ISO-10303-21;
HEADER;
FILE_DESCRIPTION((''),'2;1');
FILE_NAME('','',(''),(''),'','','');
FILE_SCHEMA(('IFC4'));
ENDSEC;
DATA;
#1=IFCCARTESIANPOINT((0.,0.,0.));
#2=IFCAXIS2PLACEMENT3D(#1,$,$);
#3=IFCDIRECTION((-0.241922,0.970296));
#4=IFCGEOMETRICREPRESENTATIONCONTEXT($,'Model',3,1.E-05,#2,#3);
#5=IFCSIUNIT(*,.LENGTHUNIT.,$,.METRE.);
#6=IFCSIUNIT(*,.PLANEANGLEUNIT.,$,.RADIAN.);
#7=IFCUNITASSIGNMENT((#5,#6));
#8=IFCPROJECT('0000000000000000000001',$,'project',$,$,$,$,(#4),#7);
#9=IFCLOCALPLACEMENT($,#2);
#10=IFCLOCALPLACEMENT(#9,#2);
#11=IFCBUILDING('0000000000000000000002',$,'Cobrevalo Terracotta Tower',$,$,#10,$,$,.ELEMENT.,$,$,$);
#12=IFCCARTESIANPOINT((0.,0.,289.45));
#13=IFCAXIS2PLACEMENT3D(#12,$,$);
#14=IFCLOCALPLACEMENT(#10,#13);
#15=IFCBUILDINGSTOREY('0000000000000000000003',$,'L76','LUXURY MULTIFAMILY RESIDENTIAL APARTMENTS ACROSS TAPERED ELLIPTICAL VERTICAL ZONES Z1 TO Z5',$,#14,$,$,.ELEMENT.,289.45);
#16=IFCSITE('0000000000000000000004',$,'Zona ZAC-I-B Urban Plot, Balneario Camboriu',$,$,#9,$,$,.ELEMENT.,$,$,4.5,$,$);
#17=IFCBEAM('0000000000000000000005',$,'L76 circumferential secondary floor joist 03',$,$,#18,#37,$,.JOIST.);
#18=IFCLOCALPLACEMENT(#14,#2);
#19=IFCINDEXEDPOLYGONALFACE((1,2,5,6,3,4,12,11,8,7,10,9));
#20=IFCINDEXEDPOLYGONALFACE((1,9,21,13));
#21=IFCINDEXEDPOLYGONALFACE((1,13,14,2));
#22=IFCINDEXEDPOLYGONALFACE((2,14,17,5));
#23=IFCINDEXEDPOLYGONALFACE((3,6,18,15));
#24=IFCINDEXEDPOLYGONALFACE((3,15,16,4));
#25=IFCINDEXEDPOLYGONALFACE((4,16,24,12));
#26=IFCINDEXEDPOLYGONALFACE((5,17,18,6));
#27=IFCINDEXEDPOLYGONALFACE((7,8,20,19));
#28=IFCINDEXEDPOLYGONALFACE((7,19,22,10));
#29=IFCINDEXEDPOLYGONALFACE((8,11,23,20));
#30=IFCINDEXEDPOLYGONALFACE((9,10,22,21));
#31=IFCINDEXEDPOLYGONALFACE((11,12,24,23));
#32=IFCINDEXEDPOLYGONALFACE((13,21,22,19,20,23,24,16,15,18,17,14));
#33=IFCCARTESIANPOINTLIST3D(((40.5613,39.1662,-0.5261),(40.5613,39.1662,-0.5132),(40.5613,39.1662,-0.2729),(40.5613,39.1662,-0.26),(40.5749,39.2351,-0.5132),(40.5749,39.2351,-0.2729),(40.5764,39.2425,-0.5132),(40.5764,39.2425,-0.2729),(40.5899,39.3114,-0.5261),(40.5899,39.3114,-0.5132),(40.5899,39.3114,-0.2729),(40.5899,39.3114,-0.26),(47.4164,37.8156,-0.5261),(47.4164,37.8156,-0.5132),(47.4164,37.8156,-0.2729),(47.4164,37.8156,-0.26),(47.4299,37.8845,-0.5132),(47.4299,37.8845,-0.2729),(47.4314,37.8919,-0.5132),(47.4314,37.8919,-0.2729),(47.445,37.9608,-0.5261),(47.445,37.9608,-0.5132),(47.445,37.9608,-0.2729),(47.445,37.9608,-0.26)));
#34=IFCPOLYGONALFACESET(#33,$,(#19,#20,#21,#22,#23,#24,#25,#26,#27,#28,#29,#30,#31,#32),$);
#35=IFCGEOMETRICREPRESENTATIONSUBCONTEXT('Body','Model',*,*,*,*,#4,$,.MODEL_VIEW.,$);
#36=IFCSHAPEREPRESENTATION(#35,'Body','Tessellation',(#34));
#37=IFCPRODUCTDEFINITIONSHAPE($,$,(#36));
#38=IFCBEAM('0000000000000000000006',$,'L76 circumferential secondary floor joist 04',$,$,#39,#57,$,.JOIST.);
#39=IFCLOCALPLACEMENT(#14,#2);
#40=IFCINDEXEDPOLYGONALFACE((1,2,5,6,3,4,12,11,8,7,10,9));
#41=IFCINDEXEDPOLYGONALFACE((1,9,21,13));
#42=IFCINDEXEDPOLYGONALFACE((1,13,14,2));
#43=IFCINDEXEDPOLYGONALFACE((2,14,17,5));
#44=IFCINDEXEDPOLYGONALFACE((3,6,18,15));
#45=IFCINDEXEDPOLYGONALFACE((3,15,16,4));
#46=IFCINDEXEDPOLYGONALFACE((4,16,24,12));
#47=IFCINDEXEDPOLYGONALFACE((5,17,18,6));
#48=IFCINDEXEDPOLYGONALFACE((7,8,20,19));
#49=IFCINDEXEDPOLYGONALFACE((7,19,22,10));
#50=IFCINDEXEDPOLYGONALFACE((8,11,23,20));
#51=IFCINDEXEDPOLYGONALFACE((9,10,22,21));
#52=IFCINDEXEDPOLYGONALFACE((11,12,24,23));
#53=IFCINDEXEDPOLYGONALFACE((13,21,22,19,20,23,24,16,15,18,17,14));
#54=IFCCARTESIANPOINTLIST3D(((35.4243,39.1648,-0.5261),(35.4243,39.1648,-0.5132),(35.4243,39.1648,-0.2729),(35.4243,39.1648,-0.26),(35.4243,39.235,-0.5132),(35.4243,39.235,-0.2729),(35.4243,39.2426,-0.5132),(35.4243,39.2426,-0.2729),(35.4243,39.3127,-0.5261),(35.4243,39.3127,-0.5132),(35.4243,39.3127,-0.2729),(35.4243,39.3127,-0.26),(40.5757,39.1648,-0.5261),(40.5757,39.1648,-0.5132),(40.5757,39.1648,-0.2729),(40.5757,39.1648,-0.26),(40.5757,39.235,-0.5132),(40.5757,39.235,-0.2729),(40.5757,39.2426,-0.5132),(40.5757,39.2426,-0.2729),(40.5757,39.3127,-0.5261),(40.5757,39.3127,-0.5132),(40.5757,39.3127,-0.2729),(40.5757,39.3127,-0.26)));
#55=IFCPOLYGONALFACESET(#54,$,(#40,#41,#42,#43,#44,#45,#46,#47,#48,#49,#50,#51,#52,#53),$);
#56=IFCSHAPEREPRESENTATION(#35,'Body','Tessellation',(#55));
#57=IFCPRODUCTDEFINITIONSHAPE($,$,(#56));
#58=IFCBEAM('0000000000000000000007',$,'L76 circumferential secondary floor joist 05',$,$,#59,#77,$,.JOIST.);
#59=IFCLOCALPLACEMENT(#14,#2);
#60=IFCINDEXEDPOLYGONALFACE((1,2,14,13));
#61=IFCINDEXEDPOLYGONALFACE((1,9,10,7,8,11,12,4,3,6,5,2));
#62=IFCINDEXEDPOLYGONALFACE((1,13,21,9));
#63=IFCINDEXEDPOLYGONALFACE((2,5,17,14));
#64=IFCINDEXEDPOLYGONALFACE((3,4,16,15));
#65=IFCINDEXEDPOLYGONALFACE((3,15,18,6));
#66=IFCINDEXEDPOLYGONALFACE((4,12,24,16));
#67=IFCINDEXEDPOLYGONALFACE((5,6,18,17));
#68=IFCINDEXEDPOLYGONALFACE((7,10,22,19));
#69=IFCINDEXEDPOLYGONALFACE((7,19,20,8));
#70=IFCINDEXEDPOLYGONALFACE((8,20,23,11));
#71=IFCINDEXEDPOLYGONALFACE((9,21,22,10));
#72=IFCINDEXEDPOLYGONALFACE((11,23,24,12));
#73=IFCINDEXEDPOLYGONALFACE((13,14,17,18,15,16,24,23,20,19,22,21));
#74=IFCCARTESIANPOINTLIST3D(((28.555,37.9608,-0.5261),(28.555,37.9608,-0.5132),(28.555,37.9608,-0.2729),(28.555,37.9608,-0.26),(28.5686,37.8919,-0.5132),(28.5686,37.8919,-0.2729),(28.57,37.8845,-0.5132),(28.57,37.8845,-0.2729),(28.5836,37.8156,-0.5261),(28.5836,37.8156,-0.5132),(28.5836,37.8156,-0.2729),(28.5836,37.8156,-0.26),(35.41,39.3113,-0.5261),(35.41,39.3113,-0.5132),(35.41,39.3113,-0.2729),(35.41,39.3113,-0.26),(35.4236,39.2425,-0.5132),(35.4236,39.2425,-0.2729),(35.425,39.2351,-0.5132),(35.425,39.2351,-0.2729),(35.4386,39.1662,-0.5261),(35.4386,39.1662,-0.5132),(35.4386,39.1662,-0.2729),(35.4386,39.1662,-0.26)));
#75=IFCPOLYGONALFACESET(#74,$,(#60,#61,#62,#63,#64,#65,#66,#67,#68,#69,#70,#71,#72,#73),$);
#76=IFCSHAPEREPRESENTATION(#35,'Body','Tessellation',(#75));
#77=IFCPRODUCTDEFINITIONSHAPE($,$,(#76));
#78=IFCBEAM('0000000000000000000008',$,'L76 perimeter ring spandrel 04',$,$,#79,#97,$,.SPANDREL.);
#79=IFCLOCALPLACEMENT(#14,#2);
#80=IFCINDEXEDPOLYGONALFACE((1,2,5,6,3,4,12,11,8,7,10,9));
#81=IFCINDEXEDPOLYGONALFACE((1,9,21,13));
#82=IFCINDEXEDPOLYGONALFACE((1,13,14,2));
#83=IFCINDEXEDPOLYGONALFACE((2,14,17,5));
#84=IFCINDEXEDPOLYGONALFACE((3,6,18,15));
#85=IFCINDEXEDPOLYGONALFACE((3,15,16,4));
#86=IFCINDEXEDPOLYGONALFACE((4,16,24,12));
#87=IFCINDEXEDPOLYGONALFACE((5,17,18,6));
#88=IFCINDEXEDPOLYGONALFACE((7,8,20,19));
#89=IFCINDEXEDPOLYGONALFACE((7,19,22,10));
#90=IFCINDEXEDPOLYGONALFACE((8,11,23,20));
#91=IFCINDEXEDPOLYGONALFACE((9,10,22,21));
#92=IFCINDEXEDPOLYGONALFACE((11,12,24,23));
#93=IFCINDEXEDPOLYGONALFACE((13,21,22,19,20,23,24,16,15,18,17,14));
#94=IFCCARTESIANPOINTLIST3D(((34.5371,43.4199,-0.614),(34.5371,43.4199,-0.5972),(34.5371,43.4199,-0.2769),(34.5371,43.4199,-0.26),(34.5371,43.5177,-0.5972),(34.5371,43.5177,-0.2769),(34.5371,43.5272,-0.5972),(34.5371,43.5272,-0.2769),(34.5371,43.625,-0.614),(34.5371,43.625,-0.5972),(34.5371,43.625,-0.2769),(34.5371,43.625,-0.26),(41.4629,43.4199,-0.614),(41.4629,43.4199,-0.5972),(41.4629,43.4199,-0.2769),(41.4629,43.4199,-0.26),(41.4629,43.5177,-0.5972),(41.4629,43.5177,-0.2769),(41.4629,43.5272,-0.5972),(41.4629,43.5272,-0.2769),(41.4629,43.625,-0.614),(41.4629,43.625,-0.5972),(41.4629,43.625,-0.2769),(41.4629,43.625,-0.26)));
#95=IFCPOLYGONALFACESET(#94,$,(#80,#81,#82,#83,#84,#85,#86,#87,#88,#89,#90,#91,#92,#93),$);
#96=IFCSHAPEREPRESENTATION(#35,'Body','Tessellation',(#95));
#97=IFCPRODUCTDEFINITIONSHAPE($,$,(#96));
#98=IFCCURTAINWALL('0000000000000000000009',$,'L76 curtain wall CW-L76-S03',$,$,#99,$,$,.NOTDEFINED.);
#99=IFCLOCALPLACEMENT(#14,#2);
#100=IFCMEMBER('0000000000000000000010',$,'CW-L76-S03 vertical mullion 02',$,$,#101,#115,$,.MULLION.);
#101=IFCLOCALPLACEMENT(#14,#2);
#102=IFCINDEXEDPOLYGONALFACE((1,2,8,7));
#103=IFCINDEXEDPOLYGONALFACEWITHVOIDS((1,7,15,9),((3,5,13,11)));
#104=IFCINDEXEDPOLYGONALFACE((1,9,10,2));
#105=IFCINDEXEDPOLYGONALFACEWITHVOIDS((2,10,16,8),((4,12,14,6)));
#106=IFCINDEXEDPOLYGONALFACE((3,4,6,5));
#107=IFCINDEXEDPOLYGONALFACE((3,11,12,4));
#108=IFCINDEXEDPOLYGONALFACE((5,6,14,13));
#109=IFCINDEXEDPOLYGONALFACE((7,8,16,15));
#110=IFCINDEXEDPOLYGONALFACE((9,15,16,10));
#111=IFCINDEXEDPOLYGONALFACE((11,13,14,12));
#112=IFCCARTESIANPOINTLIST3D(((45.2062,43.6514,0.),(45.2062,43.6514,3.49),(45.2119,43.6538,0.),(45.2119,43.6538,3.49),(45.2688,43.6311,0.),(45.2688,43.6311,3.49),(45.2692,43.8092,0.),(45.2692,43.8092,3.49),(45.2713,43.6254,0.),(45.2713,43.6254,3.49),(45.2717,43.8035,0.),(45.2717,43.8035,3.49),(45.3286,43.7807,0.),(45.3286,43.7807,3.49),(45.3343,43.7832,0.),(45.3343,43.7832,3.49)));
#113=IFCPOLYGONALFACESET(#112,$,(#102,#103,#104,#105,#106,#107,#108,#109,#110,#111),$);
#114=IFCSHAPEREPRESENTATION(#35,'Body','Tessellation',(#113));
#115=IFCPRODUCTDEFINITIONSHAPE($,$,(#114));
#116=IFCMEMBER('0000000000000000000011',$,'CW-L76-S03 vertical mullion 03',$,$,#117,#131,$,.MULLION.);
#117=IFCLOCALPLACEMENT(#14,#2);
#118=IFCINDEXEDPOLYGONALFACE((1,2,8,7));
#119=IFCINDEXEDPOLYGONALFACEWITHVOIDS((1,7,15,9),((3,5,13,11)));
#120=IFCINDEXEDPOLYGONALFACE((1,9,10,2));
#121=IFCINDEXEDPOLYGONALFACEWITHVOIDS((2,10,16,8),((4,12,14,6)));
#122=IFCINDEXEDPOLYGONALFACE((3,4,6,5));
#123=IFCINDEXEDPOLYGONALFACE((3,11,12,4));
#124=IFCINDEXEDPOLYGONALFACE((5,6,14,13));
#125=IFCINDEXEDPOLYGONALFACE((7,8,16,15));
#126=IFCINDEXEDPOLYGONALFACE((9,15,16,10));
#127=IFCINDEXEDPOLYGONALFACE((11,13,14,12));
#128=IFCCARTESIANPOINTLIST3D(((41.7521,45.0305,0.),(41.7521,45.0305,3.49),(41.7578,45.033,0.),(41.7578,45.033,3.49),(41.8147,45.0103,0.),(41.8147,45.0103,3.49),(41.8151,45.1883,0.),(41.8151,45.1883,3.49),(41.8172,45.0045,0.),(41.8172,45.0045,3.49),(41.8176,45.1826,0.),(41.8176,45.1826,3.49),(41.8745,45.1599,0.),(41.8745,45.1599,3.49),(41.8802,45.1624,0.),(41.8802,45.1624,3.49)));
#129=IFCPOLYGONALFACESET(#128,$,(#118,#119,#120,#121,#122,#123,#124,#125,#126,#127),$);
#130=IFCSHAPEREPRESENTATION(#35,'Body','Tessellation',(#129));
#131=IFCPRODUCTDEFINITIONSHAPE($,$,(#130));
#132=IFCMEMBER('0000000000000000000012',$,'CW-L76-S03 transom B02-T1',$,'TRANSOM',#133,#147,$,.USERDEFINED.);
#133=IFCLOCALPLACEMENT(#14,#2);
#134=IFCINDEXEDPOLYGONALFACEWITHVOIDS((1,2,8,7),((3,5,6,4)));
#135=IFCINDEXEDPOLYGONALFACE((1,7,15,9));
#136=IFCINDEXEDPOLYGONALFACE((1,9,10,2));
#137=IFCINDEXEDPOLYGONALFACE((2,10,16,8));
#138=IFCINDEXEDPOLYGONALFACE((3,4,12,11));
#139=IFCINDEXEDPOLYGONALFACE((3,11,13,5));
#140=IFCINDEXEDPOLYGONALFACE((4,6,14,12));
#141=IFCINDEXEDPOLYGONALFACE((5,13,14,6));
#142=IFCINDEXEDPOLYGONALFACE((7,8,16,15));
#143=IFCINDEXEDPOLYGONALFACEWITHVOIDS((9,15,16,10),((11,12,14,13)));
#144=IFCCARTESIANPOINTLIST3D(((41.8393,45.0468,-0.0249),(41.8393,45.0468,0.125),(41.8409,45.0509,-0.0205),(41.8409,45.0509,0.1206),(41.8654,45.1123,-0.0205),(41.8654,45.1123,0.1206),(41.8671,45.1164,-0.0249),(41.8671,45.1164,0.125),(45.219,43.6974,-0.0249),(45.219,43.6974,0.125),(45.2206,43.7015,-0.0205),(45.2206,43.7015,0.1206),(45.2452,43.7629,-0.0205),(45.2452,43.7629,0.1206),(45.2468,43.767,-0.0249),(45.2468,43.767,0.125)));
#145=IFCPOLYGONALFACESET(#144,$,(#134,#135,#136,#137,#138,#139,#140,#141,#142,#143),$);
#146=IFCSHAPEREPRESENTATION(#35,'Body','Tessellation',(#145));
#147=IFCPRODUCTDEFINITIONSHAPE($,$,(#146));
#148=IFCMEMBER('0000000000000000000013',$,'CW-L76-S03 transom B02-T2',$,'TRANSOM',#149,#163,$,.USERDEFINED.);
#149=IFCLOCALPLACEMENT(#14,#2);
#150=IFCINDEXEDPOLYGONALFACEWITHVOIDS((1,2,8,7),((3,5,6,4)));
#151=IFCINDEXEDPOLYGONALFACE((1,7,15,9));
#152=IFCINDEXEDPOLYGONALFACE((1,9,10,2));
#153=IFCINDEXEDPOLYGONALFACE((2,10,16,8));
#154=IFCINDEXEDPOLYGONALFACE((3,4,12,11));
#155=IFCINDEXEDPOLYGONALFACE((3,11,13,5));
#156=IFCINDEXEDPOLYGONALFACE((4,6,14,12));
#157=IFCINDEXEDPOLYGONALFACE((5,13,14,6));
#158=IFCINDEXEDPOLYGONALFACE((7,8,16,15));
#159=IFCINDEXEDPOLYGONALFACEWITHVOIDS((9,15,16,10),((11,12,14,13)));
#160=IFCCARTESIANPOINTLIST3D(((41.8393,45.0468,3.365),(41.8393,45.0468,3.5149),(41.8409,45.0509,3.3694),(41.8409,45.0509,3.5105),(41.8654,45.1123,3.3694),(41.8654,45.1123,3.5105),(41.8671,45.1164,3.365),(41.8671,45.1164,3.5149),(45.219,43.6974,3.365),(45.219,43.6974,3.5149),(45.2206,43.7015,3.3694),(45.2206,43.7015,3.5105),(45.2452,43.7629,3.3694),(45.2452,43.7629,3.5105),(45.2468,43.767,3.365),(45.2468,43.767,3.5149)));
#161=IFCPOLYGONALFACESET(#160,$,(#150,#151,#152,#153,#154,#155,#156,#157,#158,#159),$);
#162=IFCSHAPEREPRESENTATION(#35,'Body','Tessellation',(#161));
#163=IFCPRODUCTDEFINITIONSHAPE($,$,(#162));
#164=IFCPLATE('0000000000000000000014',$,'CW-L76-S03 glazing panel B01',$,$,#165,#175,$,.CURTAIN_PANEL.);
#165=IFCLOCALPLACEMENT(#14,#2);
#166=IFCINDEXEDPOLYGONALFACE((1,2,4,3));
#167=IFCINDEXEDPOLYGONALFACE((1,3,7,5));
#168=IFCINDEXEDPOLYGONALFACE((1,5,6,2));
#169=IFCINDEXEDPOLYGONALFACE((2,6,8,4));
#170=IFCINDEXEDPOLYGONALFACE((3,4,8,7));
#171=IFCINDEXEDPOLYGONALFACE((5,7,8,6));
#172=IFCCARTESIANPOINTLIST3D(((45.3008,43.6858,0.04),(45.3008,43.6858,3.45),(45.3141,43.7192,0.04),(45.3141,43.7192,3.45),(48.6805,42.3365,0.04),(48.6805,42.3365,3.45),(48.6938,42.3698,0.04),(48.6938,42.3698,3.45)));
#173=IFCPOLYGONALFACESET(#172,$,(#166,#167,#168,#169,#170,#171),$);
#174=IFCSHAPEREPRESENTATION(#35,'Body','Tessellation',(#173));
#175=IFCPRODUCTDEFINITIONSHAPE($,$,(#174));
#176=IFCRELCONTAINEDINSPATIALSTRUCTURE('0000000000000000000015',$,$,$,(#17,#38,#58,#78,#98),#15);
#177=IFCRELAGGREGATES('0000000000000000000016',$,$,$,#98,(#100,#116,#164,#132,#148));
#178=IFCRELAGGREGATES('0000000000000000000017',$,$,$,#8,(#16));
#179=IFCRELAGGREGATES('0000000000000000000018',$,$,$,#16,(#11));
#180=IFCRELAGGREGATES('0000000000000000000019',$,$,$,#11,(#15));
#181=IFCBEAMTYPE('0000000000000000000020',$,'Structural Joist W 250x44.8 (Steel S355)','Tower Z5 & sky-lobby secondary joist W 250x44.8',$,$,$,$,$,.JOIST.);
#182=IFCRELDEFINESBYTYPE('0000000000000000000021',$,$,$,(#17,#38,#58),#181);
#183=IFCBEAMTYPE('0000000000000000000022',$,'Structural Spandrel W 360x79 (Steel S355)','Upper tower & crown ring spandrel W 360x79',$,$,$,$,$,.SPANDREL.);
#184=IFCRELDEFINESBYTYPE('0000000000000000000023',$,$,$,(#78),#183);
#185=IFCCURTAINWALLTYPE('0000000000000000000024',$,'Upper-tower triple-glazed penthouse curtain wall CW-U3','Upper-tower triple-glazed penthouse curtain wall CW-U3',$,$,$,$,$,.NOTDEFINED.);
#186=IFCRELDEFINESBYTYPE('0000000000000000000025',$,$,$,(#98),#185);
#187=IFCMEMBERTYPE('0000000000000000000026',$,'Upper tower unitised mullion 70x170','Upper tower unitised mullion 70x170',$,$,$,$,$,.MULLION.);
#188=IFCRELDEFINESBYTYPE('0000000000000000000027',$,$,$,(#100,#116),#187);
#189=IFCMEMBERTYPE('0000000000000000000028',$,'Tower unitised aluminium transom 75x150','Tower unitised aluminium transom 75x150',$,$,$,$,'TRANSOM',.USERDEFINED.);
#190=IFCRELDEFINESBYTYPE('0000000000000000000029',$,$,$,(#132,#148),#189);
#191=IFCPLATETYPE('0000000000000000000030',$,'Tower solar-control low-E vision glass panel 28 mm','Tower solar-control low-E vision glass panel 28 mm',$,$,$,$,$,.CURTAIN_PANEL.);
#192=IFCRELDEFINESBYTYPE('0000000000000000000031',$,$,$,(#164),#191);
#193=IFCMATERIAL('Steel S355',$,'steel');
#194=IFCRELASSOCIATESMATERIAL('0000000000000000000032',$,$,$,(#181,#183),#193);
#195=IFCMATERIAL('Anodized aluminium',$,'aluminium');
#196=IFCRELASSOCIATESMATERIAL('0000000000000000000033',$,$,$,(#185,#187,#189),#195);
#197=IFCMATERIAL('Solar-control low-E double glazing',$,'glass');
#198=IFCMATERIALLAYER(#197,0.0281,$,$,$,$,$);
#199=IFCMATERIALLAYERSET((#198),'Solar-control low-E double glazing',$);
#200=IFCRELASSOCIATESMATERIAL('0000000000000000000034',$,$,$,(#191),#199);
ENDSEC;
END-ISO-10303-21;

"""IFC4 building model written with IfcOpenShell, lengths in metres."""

from ifc_helpers import new_model, si_unit, direction, frame, origin, origin_2d, place, context, subcontext, project, spatial, rectangle, hollow_rectangle, i_section, extrude, source, transform, mapped, material, layer, layer_set, material_profile, profile_set, type_object, element, aggregate, save


model = new_model("IFC4")

# Units and contexts
model_context = context("Model", 3, precision=1e-05, world=origin(), true_north=direction((-0.241922, 0.970296)))
body_context = subcontext(model_context, "Body", "Model", "MODEL_VIEW")
ifc_project = project(units=[si_unit("LENGTHUNIT", "METRE"), si_unit("PLANEANGLEUNIT", "RADIAN")], contexts=[model_context])

# Site, building, storey
site_placement = place(None, origin())
site = spatial("IfcSite", under=ifc_project, at=site_placement, Name="Zona ZAC-I-B Urban Plot, Balneario Camboriu", CompositionType="ELEMENT", RefElevation=4.5)
building_placement = place(site_placement, origin())
building = spatial("IfcBuilding", under=site, at=building_placement, Name="Cobrevalo Terracotta Tower", CompositionType="ELEMENT")
storey_placement = place(building_placement, frame((0.0, 0.0, 289.45)))
storey = spatial("IfcBuildingStorey", under=building, at=storey_placement, Name="L76", Description="LUXURY MULTIFAMILY RESIDENTIAL APARTMENTS ACROSS TAPERED ELLIPTICAL VERTICAL ZONES Z1 TO Z5", CompositionType="ELEMENT", Elevation=289.45)

# Shared definitions
ifc_material_1 = material(Name="Steel S355", Category="steel")

# Beams
ifc_material_profile_1 = material_profile(ifc_material_1, i_section(OverallWidth=0.1479, OverallDepth=0.2661, WebThickness=0.0076, FlangeThickness=0.0129, at=origin_2d()), Name="W 250x44.8")
ifc_profile_set_1 = profile_set([ifc_material_profile_1], Name="Steel S355")
beam_type_1 = type_object("IfcBeamType", Name="Structural Joist W 250x44.8 (Steel S355)", Description="Tower Z5 & sky-lobby secondary joist W 250x44.8", PredefinedType="JOIST", material=ifc_profile_set_1)
beam_1_placement = place(storey_placement, frame((47.4307, 37.8882, -0.3931), z_axis=(-0.981138, 0.193306, 0.0), x_axis=(-0.193306, -0.981138, 0.0)))
element("IfcBeam", 1, at=beam_1_placement, inside=storey, type_object=beam_type_1, Name="L76 circumferential secondary floor joist 03", PredefinedType="JOIST", context=body_context, shape_type="SweptSolid", body=[
    extrude(i_section(OverallWidth=0.1479, OverallDepth=0.2661, WebThickness=0.0076, FlangeThickness=0.0129, at=origin_2d()), origin(), (0.0, 0.0, 1.0), 6.9868),
])
beam_2_placement = place(storey_placement, frame((40.5757, 39.2388, -0.3931), z_axis=(-1.0, 0.0, 0.0), x_axis=(0.0, -1.0, 0.0)))
element("IfcBeam", 2, at=beam_2_placement, inside=storey, type_object=beam_type_1, Name="L76 circumferential secondary floor joist 04", PredefinedType="JOIST", context=body_context, shape_type="SweptSolid", body=[
    extrude(i_section(OverallWidth=0.1479, OverallDepth=0.2661, WebThickness=0.0076, FlangeThickness=0.0129, at=origin_2d()), origin(), (0.0, 0.0, 1.0), 5.1514),
])
beam_3_placement = place(storey_placement, frame((35.4243, 39.2388, -0.3931), z_axis=(-0.981138, -0.193306, 0.0), x_axis=(0.193306, -0.981138, 0.0)))
element("IfcBeam", 3, at=beam_3_placement, inside=storey, type_object=beam_type_1, Name="L76 circumferential secondary floor joist 05", PredefinedType="JOIST", context=body_context, shape_type="SweptSolid", body=[
    extrude(i_section(OverallWidth=0.1479, OverallDepth=0.2661, WebThickness=0.0076, FlangeThickness=0.0129, at=origin_2d()), origin(), (0.0, 0.0, 1.0), 6.9868),
])
ifc_material_profile_2 = material_profile(ifc_material_1, i_section(OverallWidth=0.2051, OverallDepth=0.354, WebThickness=0.0095, FlangeThickness=0.0168, at=origin_2d()), Name="W 360x79")
ifc_profile_set_2 = profile_set([ifc_material_profile_2], Name="Steel S355")
beam_type_2 = type_object("IfcBeamType", Name="Structural Spandrel W 360x79 (Steel S355)", Description="Upper tower & crown ring spandrel W 360x79", PredefinedType="SPANDREL", material=ifc_profile_set_2)
beam_4_placement = place(storey_placement, frame((41.4629, 43.5225, -0.437), z_axis=(-1.0, 0.0, 0.0), x_axis=(0.0, -1.0, 0.0)))
element("IfcBeam", 4, at=beam_4_placement, inside=storey, type_object=beam_type_2, Name="L76 perimeter ring spandrel 04", PredefinedType="SPANDREL", context=body_context, shape_type="SweptSolid", body=[
    extrude(i_section(OverallWidth=0.2051, OverallDepth=0.354, WebThickness=0.0095, FlangeThickness=0.0168, at=origin_2d()), origin(), (0.0, 0.0, 1.0), 6.9258),
])

# Curtain wall, members, plate
ifc_material_2 = material(Name="Anodized aluminium", Category="aluminium")
curtain_wall_type = type_object("IfcCurtainWallType", Name="Upper-tower triple-glazed penthouse curtain wall CW-U3", Description="Upper-tower triple-glazed penthouse curtain wall CW-U3", PredefinedType="NOTDEFINED", material=ifc_material_2)
curtain_wall_placement = place(storey_placement, origin())
curtain_wall = element("IfcCurtainWall", 5, at=curtain_wall_placement, inside=storey, type_object=curtain_wall_type, Name="L76 curtain wall CW-L76-S03", PredefinedType="NOTDEFINED")
ifc_material_profile_3 = material_profile(ifc_material_2, hollow_rectangle(XDim=0.0701, YDim=0.1699, WallThickness=0.0044, at=origin_2d()), Name="CWM 70x170")
ifc_profile_set_3 = profile_set([ifc_material_profile_3], Name="Anodized aluminium")
member_type_1 = type_object("IfcMemberType", Name="Upper tower unitised mullion 70x170", Description="Upper tower unitised mullion 70x170", PredefinedType="MULLION", material=ifc_profile_set_3)
shared_shape_1 = source(origin(), body_context, "Body", "SweptSolid", [
    extrude(hollow_rectangle(XDim=0.0701, YDim=0.1699, WallThickness=0.0044, at=origin_2d()), origin(), (0.0, 0.0, 1.0), 3.49),
])
member_1_placement = place(storey_placement, frame((45.2703, 43.7173, 0.0), z_axis=(0.0, 0.0, 1.0), x_axis=(-0.928719, 0.370784, 0.0)))
member_1 = element("IfcMember", 6, at=member_1_placement, type_object=member_type_1, Name="CW-L76-S03 vertical mullion 02", PredefinedType="MULLION", context=body_context, shape_type="MappedRepresentation", body=[
    mapped(shared_shape_1, transform((0.0, 0.0, 0.0), scale=1.0)),
])
member_2_placement = place(storey_placement, frame((41.8162, 45.0964, 0.0), z_axis=(0.0, 0.0, 1.0), x_axis=(-0.928719, 0.370784, 0.0)))
member_2 = element("IfcMember", 7, at=member_2_placement, type_object=member_type_1, Name="CW-L76-S03 vertical mullion 03", PredefinedType="MULLION", context=body_context, shape_type="MappedRepresentation", body=[
    mapped(shared_shape_1, transform((0.0, 0.0, 0.0), scale=1.0)),
])
ifc_material_profile_4 = material_profile(ifc_material_2, hollow_rectangle(XDim=0.075, YDim=0.1499, WallThickness=0.0044, at=origin_2d()), Name="CWT 75x150")
ifc_profile_set_4 = profile_set([ifc_material_profile_4], Name="Anodized aluminium")
member_type_2 = type_object("IfcMemberType", Name="Tower unitised aluminium transom 75x150", Description="Tower unitised aluminium transom 75x150", ElementType="TRANSOM", PredefinedType="USERDEFINED", material=ifc_profile_set_4)
shared_shape_2 = source(origin(), body_context, "Body", "SweptSolid", [
    extrude(hollow_rectangle(XDim=0.075, YDim=0.1499, WallThickness=0.0044, at=origin_2d()), origin(), (0.0, 0.0, 1.0), 3.6392),
])
member_3_placement = place(storey_placement, frame((45.2329, 43.7322, 0.05), z_axis=(-0.928712, 0.370801, 0.0), x_axis=(-0.370801, -0.928712, 0.0)))
member_3 = element("IfcMember", 8, at=member_3_placement, type_object=member_type_2, Name="CW-L76-S03 transom B02-T1", ObjectType="TRANSOM", PredefinedType="USERDEFINED", context=body_context, shape_type="MappedRepresentation", body=[
    mapped(shared_shape_2, transform((0.0, 0.0, 0.0), scale=1.0)),
])
member_4_placement = place(storey_placement, frame((45.2329, 43.7322, 3.4399), z_axis=(-0.928712, 0.370801, 0.0), x_axis=(-0.370801, -0.928712, 0.0)))
member_4 = element("IfcMember", 9, at=member_4_placement, type_object=member_type_2, Name="CW-L76-S03 transom B02-T2", ObjectType="TRANSOM", PredefinedType="USERDEFINED", context=body_context, shape_type="MappedRepresentation", body=[
    mapped(shared_shape_2, transform((0.0, 0.0, 0.0), scale=1.0)),
])
ifc_material_3 = material(Name="Solar-control low-E double glazing", Category="glass")
ifc_layer_1 = layer(ifc_material_3, 0.0281)
ifc_layer_set_1 = layer_set([ifc_layer_1], Name="Solar-control low-E double glazing")
plate_type = type_object("IfcPlateType", Name="Tower solar-control low-E vision glass panel 28 mm", Description="Tower solar-control low-E vision glass panel 28 mm", PredefinedType="CURTAIN_PANEL", material=ifc_layer_set_1)
shared_shape_3 = source(origin(), body_context, "Body", "SweptSolid", [
    extrude(rectangle(XDim=3.6392, YDim=0.0359, at=origin_2d()), origin(), (0.0, 0.0, 1.0), 3.4099),
])
plate_1_placement = place(storey_placement, frame((46.9973, 43.0278, 0.04), z_axis=(0.0, 0.0, 1.0), x_axis=(-0.928718, 0.370786, 0.0)))
plate_1 = element("IfcPlate", 10, at=plate_1_placement, type_object=plate_type, Name="CW-L76-S03 glazing panel B01", PredefinedType="CURTAIN_PANEL", context=body_context, shape_type="MappedRepresentation", body=[
    mapped(shared_shape_3, transform((0.0, 0.0, 0.0), scale=1.0)),
])
aggregate(curtain_wall, [member_1, member_2, plate_1, member_3, member_4])

save(model, "model.ifc")
